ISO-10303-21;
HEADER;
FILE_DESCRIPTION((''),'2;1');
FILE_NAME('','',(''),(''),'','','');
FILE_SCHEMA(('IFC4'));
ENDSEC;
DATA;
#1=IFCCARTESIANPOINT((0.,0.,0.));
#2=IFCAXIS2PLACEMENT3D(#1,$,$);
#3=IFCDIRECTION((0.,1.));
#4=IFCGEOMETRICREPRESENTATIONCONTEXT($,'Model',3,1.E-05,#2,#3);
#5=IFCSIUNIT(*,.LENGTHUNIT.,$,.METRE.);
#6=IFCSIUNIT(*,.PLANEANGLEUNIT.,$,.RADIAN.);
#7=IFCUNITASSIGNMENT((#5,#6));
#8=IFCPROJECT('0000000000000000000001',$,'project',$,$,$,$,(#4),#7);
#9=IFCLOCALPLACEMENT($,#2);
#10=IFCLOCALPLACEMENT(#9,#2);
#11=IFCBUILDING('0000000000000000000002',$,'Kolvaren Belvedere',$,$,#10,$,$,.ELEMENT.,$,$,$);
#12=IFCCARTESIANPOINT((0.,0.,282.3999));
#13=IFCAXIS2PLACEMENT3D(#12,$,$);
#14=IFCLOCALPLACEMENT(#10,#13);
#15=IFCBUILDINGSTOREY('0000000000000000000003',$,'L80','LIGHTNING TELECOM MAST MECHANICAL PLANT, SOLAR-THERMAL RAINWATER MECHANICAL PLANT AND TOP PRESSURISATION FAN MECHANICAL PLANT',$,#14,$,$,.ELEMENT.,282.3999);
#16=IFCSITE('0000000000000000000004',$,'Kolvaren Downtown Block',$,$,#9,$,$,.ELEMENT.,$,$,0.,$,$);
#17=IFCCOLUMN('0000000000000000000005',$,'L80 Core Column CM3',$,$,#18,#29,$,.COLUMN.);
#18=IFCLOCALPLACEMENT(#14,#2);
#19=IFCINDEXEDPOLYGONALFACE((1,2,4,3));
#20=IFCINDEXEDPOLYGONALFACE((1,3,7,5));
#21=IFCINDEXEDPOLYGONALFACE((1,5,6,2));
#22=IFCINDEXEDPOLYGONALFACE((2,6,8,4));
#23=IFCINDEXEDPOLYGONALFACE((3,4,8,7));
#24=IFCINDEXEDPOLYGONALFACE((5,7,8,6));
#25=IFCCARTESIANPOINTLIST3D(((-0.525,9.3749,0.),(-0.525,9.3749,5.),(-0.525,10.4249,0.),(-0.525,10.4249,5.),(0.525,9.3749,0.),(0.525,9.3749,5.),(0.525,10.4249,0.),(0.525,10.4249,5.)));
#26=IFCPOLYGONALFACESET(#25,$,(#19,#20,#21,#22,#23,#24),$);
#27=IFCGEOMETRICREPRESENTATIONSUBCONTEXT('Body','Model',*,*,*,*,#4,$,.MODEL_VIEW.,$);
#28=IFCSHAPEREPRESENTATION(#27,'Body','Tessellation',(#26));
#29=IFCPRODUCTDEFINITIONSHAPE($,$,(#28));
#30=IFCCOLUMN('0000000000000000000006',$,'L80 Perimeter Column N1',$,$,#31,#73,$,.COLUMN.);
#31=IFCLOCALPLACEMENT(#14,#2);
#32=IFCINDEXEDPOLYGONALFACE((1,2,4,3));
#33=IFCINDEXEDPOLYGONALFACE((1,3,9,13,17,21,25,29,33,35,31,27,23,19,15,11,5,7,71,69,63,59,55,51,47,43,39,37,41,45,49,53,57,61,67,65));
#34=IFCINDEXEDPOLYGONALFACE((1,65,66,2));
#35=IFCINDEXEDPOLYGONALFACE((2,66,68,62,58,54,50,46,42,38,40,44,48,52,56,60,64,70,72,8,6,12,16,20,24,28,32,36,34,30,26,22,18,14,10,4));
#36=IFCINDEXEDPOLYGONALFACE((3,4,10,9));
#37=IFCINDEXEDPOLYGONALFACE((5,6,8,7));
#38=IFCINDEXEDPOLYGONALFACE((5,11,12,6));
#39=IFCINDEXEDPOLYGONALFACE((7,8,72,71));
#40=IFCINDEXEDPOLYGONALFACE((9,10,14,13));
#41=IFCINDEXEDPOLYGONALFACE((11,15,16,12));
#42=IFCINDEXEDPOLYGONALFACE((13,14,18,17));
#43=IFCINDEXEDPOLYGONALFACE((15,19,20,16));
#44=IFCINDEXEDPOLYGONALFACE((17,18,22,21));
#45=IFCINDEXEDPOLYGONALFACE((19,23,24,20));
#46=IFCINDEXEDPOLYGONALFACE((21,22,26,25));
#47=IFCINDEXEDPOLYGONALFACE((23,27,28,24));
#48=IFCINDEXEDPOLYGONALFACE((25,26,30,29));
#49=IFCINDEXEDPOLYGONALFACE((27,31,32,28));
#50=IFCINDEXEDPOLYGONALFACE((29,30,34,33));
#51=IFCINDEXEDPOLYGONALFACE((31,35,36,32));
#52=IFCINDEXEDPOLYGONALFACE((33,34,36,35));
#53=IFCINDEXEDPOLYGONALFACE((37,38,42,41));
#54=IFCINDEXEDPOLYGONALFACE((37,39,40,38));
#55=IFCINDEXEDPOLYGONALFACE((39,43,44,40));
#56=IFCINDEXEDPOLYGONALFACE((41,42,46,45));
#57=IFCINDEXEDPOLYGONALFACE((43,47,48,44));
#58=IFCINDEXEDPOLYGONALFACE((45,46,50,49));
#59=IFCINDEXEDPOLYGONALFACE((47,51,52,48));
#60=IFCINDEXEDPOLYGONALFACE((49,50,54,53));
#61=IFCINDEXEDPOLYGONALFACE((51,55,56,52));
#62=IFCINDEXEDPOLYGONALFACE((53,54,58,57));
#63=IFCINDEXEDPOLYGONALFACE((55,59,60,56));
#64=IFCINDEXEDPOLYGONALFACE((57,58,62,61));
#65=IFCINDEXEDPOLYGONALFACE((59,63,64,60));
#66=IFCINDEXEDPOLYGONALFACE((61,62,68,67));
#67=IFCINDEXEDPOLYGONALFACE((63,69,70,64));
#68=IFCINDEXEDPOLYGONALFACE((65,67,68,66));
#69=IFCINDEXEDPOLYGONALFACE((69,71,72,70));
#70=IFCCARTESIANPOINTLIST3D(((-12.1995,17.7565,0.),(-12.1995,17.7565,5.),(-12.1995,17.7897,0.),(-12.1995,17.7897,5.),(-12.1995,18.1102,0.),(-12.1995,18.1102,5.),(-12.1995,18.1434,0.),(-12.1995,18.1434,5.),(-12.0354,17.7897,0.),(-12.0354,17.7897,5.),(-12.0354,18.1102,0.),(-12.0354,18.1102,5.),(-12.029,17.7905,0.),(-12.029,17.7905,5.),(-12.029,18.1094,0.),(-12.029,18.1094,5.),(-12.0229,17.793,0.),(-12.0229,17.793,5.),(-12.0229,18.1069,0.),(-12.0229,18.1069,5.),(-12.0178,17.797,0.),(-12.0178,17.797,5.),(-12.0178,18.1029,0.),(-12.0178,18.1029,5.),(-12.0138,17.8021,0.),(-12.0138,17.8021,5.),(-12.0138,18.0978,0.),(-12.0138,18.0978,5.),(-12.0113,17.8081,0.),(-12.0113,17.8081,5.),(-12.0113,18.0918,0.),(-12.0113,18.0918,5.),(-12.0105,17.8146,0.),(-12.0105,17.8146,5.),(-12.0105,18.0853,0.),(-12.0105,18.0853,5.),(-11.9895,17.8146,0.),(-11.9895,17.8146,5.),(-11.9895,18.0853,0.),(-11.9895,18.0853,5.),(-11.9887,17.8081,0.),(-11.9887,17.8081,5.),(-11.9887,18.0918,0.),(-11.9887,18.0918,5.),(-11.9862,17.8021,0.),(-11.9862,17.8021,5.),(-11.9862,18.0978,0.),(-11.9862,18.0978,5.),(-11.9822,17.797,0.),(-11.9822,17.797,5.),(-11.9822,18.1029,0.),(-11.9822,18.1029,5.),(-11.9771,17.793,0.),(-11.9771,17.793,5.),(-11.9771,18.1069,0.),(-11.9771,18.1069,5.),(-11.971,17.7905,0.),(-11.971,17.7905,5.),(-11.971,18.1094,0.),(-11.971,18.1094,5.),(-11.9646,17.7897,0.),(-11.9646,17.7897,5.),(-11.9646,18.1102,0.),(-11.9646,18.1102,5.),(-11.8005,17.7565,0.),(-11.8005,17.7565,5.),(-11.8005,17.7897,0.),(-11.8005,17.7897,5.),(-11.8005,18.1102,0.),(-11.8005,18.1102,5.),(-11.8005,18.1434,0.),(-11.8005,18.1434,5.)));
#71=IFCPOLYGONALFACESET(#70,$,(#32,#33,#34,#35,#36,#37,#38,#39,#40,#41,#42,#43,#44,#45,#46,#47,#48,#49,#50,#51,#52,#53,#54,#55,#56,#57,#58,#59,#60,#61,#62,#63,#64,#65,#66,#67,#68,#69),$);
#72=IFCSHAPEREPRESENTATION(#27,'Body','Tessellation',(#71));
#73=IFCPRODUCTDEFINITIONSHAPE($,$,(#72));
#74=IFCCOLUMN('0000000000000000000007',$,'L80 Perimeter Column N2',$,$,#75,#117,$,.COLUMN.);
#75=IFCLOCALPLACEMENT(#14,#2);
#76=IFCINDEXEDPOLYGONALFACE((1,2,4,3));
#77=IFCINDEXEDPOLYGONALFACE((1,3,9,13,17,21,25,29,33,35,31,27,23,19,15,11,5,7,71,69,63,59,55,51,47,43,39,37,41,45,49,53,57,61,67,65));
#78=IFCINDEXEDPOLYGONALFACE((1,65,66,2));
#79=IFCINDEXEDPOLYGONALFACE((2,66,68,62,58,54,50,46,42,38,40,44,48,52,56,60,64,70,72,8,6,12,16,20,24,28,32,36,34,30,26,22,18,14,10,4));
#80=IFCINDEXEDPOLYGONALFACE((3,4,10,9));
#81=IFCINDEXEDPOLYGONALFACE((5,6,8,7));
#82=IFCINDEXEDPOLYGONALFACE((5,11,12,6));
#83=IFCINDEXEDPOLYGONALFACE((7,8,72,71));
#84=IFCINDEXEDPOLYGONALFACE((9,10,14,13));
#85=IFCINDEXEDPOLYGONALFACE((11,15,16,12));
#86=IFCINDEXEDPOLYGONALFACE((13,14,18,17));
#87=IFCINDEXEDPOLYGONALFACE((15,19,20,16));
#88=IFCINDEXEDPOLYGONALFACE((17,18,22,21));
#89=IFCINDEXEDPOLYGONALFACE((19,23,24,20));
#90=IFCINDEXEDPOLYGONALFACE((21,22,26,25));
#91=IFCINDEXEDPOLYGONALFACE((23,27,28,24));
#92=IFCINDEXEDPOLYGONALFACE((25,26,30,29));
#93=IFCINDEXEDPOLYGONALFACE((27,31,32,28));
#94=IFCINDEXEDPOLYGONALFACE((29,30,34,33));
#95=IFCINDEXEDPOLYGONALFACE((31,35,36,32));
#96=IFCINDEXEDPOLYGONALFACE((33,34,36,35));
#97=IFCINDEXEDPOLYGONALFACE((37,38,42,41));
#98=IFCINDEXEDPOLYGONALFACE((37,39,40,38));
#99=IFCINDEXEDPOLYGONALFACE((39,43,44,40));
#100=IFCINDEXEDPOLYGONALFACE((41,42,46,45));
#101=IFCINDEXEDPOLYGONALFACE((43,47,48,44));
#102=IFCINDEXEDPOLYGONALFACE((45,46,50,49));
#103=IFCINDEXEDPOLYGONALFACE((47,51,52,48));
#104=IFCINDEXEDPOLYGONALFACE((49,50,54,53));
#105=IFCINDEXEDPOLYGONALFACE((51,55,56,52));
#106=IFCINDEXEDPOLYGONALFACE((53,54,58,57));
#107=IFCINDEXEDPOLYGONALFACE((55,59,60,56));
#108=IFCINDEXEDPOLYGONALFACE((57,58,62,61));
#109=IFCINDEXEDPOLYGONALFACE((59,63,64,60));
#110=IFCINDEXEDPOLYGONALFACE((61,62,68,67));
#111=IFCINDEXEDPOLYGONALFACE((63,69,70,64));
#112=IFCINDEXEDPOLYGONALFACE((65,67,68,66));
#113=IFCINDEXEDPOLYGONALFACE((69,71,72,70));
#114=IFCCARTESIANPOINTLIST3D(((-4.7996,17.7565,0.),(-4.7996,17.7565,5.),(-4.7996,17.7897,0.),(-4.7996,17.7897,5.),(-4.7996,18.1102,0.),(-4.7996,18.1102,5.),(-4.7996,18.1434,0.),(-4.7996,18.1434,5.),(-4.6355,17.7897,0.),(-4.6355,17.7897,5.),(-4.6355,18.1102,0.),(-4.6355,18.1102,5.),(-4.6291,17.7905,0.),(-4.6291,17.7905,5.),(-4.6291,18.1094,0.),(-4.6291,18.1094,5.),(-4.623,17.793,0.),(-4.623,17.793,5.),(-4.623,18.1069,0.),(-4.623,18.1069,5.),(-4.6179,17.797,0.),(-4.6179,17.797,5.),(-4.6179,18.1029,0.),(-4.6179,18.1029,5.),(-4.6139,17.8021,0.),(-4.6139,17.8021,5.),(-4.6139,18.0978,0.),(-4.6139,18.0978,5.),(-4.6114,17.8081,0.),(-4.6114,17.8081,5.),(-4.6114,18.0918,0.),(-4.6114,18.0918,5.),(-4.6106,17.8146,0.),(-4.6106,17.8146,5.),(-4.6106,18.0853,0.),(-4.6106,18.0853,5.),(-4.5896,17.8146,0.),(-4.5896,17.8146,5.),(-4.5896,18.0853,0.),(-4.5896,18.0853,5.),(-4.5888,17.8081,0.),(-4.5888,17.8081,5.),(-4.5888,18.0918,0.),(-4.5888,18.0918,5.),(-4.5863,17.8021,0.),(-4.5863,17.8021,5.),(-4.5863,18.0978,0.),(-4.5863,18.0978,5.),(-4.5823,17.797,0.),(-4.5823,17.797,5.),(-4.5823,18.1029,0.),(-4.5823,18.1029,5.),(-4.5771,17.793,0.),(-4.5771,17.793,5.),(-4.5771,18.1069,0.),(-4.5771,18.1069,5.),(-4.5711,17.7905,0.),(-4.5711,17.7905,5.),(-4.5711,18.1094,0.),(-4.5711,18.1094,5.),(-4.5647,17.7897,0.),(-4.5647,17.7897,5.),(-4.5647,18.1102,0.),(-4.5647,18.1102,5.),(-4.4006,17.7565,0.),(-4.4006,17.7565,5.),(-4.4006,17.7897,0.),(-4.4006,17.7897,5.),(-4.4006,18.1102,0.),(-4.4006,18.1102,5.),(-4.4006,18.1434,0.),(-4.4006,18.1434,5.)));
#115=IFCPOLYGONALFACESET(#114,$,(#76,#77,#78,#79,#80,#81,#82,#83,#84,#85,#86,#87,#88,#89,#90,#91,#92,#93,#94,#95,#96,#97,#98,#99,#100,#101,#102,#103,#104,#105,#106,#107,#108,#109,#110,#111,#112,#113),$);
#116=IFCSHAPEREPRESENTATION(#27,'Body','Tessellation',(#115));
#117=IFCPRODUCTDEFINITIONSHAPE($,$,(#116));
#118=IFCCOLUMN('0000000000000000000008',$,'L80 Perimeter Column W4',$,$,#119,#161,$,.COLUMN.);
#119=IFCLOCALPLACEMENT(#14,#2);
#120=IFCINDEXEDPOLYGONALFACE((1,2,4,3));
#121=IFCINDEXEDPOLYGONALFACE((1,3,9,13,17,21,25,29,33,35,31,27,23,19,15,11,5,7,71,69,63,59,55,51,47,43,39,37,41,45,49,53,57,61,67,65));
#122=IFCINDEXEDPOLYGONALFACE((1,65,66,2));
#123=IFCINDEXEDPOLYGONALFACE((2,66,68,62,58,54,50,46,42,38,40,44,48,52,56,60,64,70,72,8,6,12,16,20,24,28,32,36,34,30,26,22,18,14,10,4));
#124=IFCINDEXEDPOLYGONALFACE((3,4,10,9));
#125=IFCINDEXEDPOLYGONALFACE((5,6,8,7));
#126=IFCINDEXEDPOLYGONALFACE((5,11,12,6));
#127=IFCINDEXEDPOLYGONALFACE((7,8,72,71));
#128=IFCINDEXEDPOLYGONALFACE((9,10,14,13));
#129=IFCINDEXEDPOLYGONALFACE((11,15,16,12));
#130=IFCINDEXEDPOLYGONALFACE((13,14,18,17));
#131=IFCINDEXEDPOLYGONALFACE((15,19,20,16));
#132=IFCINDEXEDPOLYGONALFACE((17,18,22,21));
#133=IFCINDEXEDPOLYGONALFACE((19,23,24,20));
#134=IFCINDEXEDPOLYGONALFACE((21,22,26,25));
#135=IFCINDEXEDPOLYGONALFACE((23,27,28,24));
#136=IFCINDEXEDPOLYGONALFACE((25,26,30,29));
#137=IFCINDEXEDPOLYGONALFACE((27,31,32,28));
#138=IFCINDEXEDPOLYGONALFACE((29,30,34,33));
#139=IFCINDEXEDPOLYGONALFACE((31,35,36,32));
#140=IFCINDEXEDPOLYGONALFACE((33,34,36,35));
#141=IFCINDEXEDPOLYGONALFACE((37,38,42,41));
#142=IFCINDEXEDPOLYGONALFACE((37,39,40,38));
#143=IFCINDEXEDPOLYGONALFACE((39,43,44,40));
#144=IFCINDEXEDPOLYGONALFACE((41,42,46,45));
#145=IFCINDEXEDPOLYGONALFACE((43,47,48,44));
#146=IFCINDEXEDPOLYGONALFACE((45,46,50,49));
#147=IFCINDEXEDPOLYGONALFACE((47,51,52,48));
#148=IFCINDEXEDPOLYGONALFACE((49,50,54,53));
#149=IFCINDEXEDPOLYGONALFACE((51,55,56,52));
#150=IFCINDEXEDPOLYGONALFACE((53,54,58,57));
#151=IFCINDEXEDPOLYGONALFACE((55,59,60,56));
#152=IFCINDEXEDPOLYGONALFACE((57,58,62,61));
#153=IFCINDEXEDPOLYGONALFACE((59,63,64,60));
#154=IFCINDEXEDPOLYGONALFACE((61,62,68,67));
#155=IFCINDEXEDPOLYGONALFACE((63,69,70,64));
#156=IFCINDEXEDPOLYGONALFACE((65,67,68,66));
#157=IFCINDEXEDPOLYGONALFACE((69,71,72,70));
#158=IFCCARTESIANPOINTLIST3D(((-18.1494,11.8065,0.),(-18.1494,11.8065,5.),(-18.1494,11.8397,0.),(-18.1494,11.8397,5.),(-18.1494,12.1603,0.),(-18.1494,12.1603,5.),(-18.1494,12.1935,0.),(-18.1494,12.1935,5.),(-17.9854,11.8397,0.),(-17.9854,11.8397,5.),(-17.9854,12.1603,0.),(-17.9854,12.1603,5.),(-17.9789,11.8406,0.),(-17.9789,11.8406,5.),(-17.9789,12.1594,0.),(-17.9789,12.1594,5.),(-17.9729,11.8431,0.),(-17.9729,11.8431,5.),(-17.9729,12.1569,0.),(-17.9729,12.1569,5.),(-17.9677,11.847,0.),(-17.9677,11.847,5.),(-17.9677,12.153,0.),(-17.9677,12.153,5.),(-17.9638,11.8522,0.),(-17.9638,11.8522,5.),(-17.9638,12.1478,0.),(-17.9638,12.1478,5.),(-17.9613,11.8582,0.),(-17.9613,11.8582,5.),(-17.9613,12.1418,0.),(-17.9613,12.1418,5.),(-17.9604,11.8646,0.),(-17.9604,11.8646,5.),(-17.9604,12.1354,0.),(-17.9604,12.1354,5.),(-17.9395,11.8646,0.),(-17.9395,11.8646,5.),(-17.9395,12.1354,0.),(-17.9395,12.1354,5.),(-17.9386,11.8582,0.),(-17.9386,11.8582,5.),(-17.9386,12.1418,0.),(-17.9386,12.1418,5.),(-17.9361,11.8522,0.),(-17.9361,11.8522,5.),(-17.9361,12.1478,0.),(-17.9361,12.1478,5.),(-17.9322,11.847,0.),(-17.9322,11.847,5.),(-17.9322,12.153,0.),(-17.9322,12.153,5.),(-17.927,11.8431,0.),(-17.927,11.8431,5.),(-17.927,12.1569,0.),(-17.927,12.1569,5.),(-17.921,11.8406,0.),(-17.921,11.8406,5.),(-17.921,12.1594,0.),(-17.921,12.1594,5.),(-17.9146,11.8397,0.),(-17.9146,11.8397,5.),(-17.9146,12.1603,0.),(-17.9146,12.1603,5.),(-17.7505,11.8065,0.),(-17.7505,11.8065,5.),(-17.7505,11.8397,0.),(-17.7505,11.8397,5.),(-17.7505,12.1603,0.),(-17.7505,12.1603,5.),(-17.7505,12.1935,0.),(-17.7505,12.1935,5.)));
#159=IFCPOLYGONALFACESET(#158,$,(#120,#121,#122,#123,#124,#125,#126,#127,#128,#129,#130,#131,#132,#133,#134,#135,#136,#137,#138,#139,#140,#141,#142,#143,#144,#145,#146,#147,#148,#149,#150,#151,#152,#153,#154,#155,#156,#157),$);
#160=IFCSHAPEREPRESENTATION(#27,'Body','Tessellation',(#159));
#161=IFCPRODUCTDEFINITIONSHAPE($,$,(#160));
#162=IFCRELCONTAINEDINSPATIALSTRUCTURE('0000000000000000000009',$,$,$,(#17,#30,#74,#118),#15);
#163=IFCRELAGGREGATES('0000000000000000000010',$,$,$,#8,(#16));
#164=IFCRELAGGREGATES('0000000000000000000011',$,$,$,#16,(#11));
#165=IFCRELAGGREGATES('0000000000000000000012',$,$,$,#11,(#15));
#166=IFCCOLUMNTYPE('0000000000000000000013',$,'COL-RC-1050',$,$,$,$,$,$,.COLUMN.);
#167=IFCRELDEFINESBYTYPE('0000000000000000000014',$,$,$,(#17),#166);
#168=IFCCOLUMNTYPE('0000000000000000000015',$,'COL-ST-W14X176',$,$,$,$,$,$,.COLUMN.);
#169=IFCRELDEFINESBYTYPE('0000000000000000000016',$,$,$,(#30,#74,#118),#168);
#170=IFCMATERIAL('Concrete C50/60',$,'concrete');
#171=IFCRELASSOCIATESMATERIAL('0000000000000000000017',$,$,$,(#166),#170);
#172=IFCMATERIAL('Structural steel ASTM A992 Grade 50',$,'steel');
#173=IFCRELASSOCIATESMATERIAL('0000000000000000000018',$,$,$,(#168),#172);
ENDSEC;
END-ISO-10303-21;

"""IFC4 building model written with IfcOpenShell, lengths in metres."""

from ifc_helpers import new_model, si_unit, direction, frame, origin, origin_2d, place, context, subcontext, project, spatial, rectangle, i_section, extrude, material, material_profile, profile_set, type_object, element, save


model = new_model("IFC4")

# Units and contexts
model_context = context("Model", 3, precision=1e-05, world=origin(), true_north=direction((0.0, 1.0)))
body_context = subcontext(model_context, "Body", "Model", "MODEL_VIEW")
ifc_project = project(units=[si_unit("LENGTHUNIT", "METRE"), si_unit("PLANEANGLEUNIT", "RADIAN")], contexts=[model_context])

# Site, building, storey
site_placement = place(None, origin())
site = spatial("IfcSite", under=ifc_project, at=site_placement, Name="Kolvaren Downtown Block", CompositionType="ELEMENT", RefElevation=0.0)
building_placement = place(site_placement, origin())
building = spatial("IfcBuilding", under=site, at=building_placement, Name="Kolvaren Belvedere", CompositionType="ELEMENT")
storey_placement = place(building_placement, frame((0.0, 0.0, 282.3999)))
storey = spatial("IfcBuildingStorey", under=building, at=storey_placement, Name="L80", Description="LIGHTNING TELECOM MAST MECHANICAL PLANT, SOLAR-THERMAL RAINWATER MECHANICAL PLANT AND TOP PRESSURISATION FAN MECHANICAL PLANT", CompositionType="ELEMENT", Elevation=282.3999)

# Columns
ifc_material_1 = material(Name="Concrete C50/60", Category="concrete")
ifc_material_profile_1 = material_profile(ifc_material_1, rectangle(XDim=1.05, YDim=1.05, at=origin_2d()), Name="RC 1050X1050")
ifc_profile_set_1 = profile_set([ifc_material_profile_1], Name="Concrete C50/60")
column_type_1 = type_object("IfcColumnType", Name="COL-RC-1050", PredefinedType="COLUMN", material=ifc_profile_set_1)
column_placement = place(storey_placement, frame((0.0, 9.8999, 0.0), z_axis=(0.0, 0.0, 1.0), x_axis=(1.0, 0.0, 0.0)))
element("IfcColumn", 1, at=column_placement, inside=storey, type_object=column_type_1, Name="L80 Core Column CM3", PredefinedType="COLUMN", context=body_context, shape_type="SweptSolid", body=[
    extrude(rectangle(XDim=1.05, YDim=1.05, at=origin_2d()), origin(), (0.0, 0.0, 1.0), 5.0),
])
ifc_material_2 = material(Name="Structural steel ASTM A992 Grade 50", Category="steel")
ifc_material_profile_2 = material_profile(ifc_material_2, i_section(OverallWidth=0.3989, OverallDepth=0.387, WebThickness=0.021, FlangeThickness=0.0332, FilletRadius=0.0249, at=origin_2d()), Name="W14X176")
ifc_profile_set_2 = profile_set([ifc_material_profile_2], Name="Structural steel ASTM A992 Grade 50")
column_type_2 = type_object("IfcColumnType", Name="COL-ST-W14X176", PredefinedType="COLUMN", material=ifc_profile_set_2)
for number, where, z_axis, x_axis, name in (
    (2, (-12.0, 17.95, 0.0), (0.0, 0.0, 1.0), (1.0, 0.0, 0.0), "L80 Perimeter Column N1"),
    (3, (-4.6001, 17.95, 0.0), (0.0, 0.0, 1.0), (1.0, 0.0, 0.0), "L80 Perimeter Column N2"),
    (4, (-17.95, 12.0, 0.0), (0.0, 0.0, 1.0), (1.0, 0.0, 0.0), "L80 Perimeter Column W4"),
):
    element("IfcColumn", number, at=place(storey_placement, frame(where, z_axis=z_axis, x_axis=x_axis)), inside=storey, type_object=column_type_2, Name=name, PredefinedType="COLUMN", context=body_context, shape_type="SweptSolid", body=[
        extrude(i_section(OverallWidth=0.3989, OverallDepth=0.387, WebThickness=0.021, FlangeThickness=0.0332, FilletRadius=0.0249, at=origin_2d()), origin(), (0.0, 0.0, 1.0), 5.0),
    ])

save(model, "model.ifc")
